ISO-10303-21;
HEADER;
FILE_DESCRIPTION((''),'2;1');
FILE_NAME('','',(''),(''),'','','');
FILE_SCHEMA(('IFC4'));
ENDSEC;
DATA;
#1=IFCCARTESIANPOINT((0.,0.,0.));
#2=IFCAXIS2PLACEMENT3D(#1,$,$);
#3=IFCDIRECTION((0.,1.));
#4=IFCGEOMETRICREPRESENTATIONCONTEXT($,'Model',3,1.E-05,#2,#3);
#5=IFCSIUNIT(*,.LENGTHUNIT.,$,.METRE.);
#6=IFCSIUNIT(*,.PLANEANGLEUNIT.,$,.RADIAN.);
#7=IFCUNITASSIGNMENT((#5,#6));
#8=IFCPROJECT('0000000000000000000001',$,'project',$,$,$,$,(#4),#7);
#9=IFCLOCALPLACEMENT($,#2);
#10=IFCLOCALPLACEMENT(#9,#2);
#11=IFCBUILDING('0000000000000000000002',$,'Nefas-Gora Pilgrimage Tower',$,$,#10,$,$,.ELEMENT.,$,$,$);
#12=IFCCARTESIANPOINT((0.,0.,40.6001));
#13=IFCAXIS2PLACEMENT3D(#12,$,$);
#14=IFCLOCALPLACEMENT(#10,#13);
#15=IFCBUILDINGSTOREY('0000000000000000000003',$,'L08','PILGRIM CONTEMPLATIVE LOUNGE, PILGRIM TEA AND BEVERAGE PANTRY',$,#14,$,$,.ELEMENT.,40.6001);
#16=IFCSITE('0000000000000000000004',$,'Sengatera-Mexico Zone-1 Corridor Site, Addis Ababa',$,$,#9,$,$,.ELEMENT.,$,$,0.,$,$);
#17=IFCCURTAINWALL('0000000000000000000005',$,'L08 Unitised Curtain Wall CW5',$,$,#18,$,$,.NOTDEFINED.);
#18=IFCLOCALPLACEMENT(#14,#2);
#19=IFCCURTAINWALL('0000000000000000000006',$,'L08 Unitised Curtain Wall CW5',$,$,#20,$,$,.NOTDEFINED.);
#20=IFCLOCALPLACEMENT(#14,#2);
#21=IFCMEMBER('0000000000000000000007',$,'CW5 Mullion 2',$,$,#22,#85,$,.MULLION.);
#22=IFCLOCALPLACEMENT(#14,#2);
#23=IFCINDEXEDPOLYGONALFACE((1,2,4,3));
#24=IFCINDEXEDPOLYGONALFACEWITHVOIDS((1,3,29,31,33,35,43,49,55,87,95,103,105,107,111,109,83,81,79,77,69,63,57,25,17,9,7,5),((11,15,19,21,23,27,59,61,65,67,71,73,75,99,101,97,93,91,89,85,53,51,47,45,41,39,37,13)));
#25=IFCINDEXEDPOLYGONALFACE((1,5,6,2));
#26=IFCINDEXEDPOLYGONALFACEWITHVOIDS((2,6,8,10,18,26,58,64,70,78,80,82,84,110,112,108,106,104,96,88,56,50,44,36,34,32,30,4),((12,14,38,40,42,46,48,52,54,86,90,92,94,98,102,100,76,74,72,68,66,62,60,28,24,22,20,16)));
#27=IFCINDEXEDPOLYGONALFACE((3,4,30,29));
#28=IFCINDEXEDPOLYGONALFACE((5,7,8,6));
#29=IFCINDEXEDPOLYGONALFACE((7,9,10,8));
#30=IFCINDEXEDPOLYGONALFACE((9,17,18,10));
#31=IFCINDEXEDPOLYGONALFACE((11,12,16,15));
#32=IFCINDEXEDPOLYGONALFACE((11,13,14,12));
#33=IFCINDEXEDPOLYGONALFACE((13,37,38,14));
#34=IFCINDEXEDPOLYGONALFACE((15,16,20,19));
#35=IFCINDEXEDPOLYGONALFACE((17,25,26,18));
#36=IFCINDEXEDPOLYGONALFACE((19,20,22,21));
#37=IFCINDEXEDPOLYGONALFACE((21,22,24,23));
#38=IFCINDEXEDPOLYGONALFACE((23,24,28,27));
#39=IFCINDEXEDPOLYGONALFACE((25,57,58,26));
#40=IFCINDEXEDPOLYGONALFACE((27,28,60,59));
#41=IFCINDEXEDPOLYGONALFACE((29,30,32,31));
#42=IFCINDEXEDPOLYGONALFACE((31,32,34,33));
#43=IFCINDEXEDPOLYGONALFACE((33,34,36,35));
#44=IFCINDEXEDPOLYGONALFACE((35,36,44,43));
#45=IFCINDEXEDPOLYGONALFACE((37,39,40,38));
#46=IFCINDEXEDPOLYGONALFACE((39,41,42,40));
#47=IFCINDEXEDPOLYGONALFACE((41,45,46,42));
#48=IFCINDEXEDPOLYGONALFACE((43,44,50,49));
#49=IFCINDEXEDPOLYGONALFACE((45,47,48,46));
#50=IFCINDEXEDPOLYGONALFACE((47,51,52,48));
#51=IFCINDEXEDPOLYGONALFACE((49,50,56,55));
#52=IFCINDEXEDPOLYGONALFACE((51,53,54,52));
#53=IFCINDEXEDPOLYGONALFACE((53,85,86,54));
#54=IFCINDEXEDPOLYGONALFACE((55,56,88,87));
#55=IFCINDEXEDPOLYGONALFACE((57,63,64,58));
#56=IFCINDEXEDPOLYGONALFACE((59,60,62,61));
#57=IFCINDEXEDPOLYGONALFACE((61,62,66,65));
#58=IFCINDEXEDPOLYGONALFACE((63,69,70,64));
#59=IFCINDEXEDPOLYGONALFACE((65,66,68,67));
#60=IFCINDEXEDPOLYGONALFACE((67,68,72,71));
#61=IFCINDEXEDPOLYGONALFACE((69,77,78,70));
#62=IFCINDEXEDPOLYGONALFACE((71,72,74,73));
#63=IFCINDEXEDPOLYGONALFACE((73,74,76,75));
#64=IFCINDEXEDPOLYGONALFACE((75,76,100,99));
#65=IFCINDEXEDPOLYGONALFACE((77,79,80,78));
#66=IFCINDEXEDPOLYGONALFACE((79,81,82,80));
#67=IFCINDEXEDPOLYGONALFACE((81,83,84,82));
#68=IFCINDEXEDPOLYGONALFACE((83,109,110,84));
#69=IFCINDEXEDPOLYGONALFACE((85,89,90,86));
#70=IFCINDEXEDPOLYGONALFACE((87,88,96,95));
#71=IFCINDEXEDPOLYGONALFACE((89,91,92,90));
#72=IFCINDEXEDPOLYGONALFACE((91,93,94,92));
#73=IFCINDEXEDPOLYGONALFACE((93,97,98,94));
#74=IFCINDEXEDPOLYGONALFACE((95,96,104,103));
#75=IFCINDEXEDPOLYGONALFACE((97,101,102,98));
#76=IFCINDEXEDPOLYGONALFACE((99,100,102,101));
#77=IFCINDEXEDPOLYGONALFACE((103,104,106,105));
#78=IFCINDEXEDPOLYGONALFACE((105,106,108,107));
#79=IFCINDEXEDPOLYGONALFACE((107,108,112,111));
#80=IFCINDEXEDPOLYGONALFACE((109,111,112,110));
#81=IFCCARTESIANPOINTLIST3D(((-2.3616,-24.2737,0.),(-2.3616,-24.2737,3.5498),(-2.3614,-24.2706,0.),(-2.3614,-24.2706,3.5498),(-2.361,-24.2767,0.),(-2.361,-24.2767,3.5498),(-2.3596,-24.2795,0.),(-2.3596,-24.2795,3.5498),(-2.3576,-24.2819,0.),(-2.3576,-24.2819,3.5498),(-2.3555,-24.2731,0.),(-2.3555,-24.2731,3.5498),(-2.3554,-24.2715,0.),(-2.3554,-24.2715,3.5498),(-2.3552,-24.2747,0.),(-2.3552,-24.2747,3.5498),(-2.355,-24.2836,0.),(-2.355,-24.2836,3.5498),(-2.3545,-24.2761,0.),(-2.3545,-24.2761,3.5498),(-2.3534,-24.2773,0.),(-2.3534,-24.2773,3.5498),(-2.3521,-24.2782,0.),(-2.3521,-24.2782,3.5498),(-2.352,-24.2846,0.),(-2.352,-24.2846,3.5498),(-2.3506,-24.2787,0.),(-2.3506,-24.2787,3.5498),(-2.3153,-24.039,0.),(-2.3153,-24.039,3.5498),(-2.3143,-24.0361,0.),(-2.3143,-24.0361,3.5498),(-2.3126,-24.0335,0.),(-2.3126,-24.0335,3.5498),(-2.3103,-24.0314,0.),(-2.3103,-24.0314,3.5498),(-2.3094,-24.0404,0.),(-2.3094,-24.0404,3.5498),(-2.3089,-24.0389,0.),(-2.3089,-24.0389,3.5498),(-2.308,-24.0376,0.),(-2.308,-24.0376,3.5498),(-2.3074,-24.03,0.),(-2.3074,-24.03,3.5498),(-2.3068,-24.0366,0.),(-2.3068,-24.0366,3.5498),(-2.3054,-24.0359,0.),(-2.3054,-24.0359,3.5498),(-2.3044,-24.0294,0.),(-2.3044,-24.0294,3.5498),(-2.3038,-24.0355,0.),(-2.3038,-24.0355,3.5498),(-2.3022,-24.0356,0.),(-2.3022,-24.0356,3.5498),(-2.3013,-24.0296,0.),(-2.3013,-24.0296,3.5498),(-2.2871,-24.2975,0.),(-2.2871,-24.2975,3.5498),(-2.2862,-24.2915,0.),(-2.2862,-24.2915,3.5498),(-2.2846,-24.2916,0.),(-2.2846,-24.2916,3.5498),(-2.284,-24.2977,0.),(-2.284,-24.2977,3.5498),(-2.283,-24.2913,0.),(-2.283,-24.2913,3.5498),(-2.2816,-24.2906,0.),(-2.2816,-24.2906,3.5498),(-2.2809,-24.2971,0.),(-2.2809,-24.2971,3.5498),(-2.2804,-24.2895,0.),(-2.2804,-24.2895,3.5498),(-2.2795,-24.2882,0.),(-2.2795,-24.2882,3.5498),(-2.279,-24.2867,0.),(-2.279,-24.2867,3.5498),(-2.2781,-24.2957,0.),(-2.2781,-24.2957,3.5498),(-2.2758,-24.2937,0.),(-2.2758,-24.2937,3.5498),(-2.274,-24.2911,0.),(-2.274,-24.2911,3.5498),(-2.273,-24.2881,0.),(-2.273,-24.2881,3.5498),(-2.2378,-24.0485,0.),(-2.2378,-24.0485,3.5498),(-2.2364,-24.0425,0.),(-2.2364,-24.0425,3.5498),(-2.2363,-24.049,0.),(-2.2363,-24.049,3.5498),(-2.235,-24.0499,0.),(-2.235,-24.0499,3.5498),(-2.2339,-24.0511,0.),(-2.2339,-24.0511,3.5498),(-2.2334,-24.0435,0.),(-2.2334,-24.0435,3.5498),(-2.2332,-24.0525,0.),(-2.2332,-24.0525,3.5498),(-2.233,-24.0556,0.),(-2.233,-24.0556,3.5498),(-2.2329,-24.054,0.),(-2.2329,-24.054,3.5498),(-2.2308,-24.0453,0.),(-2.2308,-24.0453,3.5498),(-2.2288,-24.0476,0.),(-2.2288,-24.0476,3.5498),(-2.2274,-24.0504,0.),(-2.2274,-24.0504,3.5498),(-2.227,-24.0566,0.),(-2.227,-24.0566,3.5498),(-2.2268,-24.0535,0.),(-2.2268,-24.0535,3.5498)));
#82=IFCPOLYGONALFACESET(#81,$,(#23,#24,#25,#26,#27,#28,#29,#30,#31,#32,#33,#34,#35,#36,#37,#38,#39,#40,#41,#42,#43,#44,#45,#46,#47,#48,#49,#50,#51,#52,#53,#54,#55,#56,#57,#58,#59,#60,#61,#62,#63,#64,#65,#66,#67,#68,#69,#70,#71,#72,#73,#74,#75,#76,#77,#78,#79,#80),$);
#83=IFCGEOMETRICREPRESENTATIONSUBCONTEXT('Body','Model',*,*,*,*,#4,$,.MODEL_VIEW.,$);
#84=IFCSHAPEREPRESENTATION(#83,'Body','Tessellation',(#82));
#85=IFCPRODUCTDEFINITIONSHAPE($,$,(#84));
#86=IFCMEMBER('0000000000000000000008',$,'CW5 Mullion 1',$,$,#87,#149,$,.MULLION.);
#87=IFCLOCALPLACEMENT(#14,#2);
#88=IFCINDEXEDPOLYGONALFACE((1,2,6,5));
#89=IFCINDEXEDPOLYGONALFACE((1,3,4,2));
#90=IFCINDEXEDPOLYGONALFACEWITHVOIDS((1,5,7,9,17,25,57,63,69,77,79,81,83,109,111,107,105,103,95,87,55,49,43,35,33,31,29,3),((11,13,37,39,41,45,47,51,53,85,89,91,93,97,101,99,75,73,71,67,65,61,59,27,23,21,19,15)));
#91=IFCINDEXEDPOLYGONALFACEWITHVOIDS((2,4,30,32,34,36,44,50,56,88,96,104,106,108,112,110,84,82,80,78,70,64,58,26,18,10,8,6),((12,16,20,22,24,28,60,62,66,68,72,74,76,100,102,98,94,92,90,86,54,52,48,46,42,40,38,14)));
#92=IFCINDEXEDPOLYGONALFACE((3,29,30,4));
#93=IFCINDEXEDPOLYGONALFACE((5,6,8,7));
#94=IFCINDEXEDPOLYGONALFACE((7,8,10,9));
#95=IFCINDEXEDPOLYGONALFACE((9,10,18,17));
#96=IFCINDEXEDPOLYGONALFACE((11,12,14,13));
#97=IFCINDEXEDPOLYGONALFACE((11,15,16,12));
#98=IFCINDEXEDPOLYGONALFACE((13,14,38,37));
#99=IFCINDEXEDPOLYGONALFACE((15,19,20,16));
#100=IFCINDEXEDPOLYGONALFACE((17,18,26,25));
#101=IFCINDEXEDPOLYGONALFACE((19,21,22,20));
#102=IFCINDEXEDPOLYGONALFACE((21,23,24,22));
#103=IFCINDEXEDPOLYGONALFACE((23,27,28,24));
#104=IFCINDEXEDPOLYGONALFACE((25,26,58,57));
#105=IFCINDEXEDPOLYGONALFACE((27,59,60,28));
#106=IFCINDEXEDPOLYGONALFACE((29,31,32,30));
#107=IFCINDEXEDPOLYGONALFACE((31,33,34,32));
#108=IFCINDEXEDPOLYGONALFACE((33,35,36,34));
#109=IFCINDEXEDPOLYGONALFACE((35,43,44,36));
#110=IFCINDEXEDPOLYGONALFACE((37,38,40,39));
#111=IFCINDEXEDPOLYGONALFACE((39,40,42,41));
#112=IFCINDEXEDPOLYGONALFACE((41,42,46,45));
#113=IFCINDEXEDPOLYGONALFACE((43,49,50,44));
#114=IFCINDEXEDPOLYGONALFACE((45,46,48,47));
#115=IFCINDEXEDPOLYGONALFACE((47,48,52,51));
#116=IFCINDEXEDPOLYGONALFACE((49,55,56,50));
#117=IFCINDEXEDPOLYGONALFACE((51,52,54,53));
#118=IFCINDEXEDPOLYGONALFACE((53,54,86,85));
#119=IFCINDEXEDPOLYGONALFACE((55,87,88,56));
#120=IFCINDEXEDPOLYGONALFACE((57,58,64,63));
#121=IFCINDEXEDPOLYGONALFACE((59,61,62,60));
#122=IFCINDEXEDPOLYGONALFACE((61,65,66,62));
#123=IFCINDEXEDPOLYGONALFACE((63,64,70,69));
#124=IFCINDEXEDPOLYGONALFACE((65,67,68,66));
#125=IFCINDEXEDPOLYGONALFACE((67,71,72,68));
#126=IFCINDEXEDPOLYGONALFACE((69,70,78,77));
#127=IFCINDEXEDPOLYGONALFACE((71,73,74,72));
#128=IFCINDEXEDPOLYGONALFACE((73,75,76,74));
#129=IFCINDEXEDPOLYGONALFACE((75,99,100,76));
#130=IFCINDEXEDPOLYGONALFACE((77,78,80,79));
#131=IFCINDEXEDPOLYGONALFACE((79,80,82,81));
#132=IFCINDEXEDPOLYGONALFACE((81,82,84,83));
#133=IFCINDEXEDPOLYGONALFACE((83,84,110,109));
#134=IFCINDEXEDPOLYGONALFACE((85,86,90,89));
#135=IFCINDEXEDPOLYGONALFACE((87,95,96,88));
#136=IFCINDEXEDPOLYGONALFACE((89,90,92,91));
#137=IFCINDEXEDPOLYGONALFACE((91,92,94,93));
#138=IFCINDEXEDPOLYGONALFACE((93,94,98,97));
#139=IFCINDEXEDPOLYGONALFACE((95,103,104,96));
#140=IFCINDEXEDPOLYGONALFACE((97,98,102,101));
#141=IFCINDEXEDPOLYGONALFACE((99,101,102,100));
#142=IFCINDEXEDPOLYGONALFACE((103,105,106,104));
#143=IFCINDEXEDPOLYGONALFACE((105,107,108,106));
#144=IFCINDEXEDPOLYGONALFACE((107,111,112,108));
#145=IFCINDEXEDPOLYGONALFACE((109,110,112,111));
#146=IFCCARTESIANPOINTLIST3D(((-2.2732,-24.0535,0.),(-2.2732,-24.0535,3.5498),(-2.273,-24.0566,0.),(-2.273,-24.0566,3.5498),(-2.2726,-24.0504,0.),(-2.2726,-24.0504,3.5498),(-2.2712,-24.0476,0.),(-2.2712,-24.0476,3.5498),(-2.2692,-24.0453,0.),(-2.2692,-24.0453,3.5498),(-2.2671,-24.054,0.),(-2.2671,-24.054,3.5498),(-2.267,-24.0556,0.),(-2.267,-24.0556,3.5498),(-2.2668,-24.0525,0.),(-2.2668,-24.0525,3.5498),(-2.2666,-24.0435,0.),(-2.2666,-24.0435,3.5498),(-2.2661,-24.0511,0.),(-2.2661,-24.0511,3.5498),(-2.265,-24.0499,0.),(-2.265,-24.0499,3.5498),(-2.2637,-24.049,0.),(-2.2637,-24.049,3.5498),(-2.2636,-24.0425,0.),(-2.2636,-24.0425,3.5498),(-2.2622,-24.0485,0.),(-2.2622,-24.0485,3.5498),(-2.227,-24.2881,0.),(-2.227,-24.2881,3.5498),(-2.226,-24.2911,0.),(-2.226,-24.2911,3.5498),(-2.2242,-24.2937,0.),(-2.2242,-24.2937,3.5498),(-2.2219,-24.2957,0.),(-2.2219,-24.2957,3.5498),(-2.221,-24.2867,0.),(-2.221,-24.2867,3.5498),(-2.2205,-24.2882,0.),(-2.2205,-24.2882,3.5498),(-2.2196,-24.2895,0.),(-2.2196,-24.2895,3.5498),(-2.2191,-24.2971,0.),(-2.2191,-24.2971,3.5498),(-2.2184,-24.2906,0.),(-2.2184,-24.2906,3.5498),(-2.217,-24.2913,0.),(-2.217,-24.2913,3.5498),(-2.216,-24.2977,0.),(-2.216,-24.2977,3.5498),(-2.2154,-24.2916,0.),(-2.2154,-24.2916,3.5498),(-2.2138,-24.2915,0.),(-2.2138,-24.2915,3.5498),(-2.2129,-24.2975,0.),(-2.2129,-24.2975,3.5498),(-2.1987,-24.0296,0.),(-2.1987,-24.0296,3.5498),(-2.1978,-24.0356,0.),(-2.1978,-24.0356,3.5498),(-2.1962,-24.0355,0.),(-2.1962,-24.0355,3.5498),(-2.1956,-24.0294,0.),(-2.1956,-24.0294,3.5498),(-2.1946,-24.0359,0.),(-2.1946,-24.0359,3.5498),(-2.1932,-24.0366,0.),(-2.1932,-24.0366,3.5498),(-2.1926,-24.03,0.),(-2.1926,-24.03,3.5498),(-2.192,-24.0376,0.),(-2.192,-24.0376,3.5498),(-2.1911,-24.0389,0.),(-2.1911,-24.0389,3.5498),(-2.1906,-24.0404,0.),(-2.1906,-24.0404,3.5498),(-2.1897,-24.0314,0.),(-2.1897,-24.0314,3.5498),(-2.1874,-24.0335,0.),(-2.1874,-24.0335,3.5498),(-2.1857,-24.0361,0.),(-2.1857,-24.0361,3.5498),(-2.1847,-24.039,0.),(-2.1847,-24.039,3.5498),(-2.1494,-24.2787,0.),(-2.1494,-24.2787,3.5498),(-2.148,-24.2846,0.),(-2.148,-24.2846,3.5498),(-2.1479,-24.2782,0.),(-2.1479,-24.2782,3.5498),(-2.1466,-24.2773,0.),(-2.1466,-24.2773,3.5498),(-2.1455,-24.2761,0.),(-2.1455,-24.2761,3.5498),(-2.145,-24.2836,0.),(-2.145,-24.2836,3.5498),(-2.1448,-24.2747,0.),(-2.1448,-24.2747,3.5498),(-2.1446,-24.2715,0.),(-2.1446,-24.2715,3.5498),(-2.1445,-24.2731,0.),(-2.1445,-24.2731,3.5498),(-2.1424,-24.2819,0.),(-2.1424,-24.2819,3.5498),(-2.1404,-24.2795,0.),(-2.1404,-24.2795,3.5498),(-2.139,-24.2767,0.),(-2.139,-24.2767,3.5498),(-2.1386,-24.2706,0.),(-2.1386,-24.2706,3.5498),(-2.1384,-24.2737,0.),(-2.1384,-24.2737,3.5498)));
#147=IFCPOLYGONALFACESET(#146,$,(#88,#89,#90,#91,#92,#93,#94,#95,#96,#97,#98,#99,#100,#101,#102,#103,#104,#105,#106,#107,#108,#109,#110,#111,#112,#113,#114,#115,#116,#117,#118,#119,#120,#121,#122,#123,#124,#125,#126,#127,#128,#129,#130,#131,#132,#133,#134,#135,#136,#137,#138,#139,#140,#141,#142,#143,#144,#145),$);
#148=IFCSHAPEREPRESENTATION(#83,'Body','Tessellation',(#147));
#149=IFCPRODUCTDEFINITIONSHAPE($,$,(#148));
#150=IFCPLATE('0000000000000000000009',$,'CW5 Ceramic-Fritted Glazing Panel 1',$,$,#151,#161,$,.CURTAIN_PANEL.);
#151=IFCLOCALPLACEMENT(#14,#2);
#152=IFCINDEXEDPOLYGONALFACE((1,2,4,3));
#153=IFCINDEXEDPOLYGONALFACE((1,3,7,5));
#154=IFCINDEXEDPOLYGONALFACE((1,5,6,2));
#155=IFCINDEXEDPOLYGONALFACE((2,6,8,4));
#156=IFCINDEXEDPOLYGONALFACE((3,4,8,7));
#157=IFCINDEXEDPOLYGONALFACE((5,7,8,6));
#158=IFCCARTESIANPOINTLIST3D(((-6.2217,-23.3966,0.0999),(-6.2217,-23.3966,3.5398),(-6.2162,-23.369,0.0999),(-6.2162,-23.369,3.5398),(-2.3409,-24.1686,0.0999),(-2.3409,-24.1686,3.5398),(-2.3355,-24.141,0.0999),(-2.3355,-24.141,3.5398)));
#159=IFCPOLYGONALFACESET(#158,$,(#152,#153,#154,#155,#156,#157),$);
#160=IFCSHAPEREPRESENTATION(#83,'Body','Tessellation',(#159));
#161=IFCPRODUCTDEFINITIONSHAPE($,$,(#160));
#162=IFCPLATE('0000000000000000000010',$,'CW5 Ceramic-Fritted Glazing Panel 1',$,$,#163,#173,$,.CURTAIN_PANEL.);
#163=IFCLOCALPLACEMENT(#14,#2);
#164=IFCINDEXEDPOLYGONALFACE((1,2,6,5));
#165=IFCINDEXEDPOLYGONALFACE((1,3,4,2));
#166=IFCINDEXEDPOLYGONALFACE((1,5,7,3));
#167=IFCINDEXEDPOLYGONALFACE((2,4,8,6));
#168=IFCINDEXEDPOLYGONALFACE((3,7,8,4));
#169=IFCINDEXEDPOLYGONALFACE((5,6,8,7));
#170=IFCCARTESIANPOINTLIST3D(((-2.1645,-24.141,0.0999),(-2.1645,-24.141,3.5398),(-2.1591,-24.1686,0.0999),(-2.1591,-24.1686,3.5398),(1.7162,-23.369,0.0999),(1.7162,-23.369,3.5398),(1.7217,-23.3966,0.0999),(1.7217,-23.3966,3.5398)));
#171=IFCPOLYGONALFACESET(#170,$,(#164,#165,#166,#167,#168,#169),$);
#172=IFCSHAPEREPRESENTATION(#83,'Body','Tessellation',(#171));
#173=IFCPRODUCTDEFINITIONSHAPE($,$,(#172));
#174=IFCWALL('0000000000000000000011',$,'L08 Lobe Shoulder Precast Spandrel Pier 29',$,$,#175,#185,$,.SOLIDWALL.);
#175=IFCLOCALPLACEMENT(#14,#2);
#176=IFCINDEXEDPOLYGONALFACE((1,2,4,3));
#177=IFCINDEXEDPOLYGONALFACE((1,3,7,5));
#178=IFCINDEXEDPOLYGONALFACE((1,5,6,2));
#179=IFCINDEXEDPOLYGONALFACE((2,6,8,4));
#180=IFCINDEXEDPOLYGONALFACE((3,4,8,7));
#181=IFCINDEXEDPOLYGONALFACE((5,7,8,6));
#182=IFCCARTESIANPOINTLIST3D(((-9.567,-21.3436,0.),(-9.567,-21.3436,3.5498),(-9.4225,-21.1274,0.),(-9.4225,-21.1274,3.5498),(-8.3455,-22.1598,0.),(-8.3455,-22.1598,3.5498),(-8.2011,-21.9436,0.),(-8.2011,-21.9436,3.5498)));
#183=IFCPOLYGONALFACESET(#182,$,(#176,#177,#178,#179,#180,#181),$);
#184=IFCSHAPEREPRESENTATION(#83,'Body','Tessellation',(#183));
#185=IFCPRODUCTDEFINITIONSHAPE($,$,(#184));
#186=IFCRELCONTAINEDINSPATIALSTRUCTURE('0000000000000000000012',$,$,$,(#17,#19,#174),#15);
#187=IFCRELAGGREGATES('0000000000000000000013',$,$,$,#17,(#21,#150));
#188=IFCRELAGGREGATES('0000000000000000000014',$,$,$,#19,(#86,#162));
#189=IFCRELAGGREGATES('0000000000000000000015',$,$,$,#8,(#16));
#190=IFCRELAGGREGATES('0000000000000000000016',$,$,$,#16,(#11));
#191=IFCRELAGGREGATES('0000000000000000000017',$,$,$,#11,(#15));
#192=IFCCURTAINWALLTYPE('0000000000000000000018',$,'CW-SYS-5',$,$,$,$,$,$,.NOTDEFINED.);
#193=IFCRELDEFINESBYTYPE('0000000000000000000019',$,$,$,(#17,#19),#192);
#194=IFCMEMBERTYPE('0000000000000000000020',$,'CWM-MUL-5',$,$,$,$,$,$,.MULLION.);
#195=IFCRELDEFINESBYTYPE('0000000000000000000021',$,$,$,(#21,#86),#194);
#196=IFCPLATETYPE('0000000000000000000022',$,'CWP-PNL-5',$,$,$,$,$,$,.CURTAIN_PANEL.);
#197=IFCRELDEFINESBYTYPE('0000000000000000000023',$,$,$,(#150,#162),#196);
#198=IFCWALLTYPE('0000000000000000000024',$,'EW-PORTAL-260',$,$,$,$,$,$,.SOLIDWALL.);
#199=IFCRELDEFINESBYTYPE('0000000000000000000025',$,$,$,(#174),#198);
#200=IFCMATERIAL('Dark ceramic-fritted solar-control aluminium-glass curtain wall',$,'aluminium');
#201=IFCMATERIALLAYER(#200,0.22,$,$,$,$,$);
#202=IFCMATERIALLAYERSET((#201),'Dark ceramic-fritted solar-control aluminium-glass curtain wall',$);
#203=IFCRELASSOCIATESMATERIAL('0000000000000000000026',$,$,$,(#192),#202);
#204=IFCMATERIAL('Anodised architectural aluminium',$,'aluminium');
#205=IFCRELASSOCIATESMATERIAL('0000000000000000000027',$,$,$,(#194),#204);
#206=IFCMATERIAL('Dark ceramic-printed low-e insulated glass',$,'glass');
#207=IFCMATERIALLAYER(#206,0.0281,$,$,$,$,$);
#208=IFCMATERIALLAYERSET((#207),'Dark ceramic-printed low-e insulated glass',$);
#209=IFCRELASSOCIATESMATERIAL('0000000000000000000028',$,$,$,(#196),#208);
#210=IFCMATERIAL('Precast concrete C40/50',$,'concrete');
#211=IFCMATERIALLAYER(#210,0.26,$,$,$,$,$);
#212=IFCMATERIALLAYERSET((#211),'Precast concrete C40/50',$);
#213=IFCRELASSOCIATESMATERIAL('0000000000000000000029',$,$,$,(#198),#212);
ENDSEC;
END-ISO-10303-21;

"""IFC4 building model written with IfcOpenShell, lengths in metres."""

from ifc_helpers import new_model, si_unit, direction, frame, frame_2d, origin, origin_2d, place, context, subcontext, project, spatial, rectangle, hollow_rectangle, extrude, source, transform, mapped, material, layer, layer_set, material_profile, profile_set, type_object, element, aggregate, save


model = new_model("IFC4")

# Units and contexts
model_context = context("Model", 3, precision=1e-05, world=origin(), true_north=direction((0.0, 1.0)))
body_context = subcontext(model_context, "Body", "Model", "MODEL_VIEW")
ifc_project = project(units=[si_unit("LENGTHUNIT", "METRE"), si_unit("PLANEANGLEUNIT", "RADIAN")], contexts=[model_context])

# Site, building, storey
site_placement = place(None, origin())
site = spatial("IfcSite", under=ifc_project, at=site_placement, Name="Sengatera-Mexico Zone-1 Corridor Site, Addis Ababa", CompositionType="ELEMENT", RefElevation=0.0)
building_placement = place(site_placement, origin())
building = spatial("IfcBuilding", under=site, at=building_placement, Name="Nefas-Gora Pilgrimage Tower", CompositionType="ELEMENT")
storey_placement = place(building_placement, frame((0.0, 0.0, 40.6001)))
storey = spatial("IfcBuildingStorey", under=building, at=storey_placement, Name="L08", Description="PILGRIM CONTEMPLATIVE LOUNGE, PILGRIM TEA AND BEVERAGE PANTRY", CompositionType="ELEMENT", Elevation=40.6001)

# Curtain walls
ifc_material_1 = material(Name="Dark ceramic-fritted solar-control aluminium-glass curtain wall", Category="aluminium")
ifc_layer_1 = layer(ifc_material_1, 0.22)
ifc_layer_set_1 = layer_set([ifc_layer_1], Name="Dark ceramic-fritted solar-control aluminium-glass curtain wall")
curtain_wall_type = type_object("IfcCurtainWallType", Name="CW-SYS-5", PredefinedType="NOTDEFINED", material=ifc_layer_set_1)
curtain_wall_1_placement = place(storey_placement, origin())
curtain_wall_1 = element("IfcCurtainWall", 1, at=curtain_wall_1_placement, inside=storey, type_object=curtain_wall_type, Name="L08 Unitised Curtain Wall CW5", PredefinedType="NOTDEFINED")
ifc_material_2 = material(Name="Anodised architectural aluminium", Category="aluminium")
curtain_wall_2_placement = place(storey_placement, origin())
curtain_wall_2 = element("IfcCurtainWall", 2, at=curtain_wall_2_placement, inside=storey, type_object=curtain_wall_type, Name="L08 Unitised Curtain Wall CW5", PredefinedType="NOTDEFINED")
ifc_material_profile_1 = material_profile(ifc_material_2, hollow_rectangle(XDim=0.0901, YDim=0.26, WallThickness=0.0061, InnerFilletRadius=0.0061, OuterFilletRadius=0.012, at=origin_2d()), Name="ALU MULLION 90x260")
ifc_profile_set_1 = profile_set([ifc_material_profile_1], Name="Anodised architectural aluminium")
member_type_1 = type_object("IfcMemberType", Name="CWM-MUL-5", PredefinedType="MULLION", material=ifc_profile_set_1)
shared_shape_1 = source(origin(), body_context, "Body", "SweptSolid", [
    extrude(hollow_rectangle(XDim=0.0901, YDim=0.26, WallThickness=0.0061, InnerFilletRadius=0.0061, OuterFilletRadius=0.012, at=origin_2d()), origin(), (0.0, 0.0, 1.0), 3.5498),
])

# Members
member_1_placement = place(storey_placement, frame((-2.2942, -24.1636, 0.0), z_axis=(0.0, 0.0, 1.0), x_axis=(0.980783, -0.195102, 0.0)))
member_1 = element("IfcMember", 3, at=member_1_placement, type_object=member_type_1, Name="CW5 Mullion 2", PredefinedType="MULLION", context=body_context, shape_type="MappedRepresentation", body=[
    mapped(shared_shape_1, transform((0.0, 0.0, 0.0), x_axis=(1.0, 0.0, 0.0), y_axis=(0.0, 1.0, 0.0), z_axis=(0.0, 0.0, 1.0), scale=1.0)),
])
member_2_placement = place(storey_placement, frame((-2.2058, -24.1636, 0.0), z_axis=(0.0, 0.0, 1.0), x_axis=(0.980783, 0.195102, 0.0)))
member_2 = element("IfcMember", 4, at=member_2_placement, type_object=member_type_1, Name="CW5 Mullion 1", PredefinedType="MULLION", context=body_context, shape_type="MappedRepresentation", body=[
    mapped(shared_shape_1, transform((0.0, 0.0, 0.0), x_axis=(1.0, 0.0, 0.0), y_axis=(0.0, 1.0, 0.0), z_axis=(0.0, 0.0, 1.0), scale=1.0)),
])

# Plates
ifc_material_3 = material(Name="Dark ceramic-printed low-e insulated glass", Category="glass")
ifc_layer_2 = layer(ifc_material_3, 0.0281)
ifc_layer_set_2 = layer_set([ifc_layer_2], Name="Dark ceramic-printed low-e insulated glass")
plate_type = type_object("IfcPlateType", Name="CWP-PNL-5", PredefinedType="CURTAIN_PANEL", material=ifc_layer_set_2)
shared_shape_2 = source(origin(), body_context, "Body", "SweptSolid", [
    extrude(rectangle(XDim=3.9568, YDim=0.0281, at=origin_2d()), origin(), (0.0, 0.0, 1.0), 3.4399),
])
plate_1_placement = place(storey_placement, frame((-4.2786, -23.7688, 0.0999), z_axis=(0.0, 0.0, 1.0), x_axis=(0.980783, -0.195102, 0.0)))
plate_1 = element("IfcPlate", 5, at=plate_1_placement, type_object=plate_type, Name="CW5 Ceramic-Fritted Glazing Panel 1", PredefinedType="CURTAIN_PANEL", context=body_context, shape_type="MappedRepresentation", body=[
    mapped(shared_shape_2, transform((0.0, 0.0, 0.0), x_axis=(1.0, 0.0, 0.0), y_axis=(0.0, 1.0, 0.0), z_axis=(0.0, 0.0, 1.0), scale=1.0)),
])
aggregate(curtain_wall_1, [member_1, plate_1])
plate_2_placement = place(storey_placement, frame((-0.2214, -23.7688, 0.0999), z_axis=(0.0, 0.0, 1.0), x_axis=(0.980783, 0.195102, 0.0)))
plate_2 = element("IfcPlate", 6, at=plate_2_placement, type_object=plate_type, Name="CW5 Ceramic-Fritted Glazing Panel 1", PredefinedType="CURTAIN_PANEL", context=body_context, shape_type="MappedRepresentation", body=[
    mapped(shared_shape_2, transform((0.0, 0.0, 0.0), x_axis=(1.0, 0.0, 0.0), y_axis=(0.0, 1.0, 0.0), z_axis=(0.0, 0.0, 1.0), scale=1.0)),
])
aggregate(curtain_wall_2, [member_2, plate_2])

# Wall
ifc_material_4 = material(Name="Precast concrete C40/50", Category="concrete")
ifc_layer_3 = layer(ifc_material_4, 0.26)
ifc_layer_set_3 = layer_set([ifc_layer_3], Name="Precast concrete C40/50")
wall_type_1 = type_object("IfcWallType", Name="EW-PORTAL-260", PredefinedType="SOLIDWALL", material=ifc_layer_set_3)
shared_shape_3 = source(origin(), body_context, "Body", "SweptSolid", [
    extrude(rectangle(XDim=1.469, YDim=0.26, at=frame_2d((0.7344, 0.0))), origin(), (0.0, 0.0, 1.0), 3.5498),
])
wall_1_placement = place(storey_placement, frame((-9.4946, -21.2356, 0.0), z_axis=(0.0, 0.0, 1.0), x_axis=(0.831462, -0.555582, 0.0)))
element("IfcWall", 7, at=wall_1_placement, inside=storey, type_object=wall_type_1, Name="L08 Lobe Shoulder Precast Spandrel Pier 29", PredefinedType="SOLIDWALL", context=body_context, shape_type="MappedRepresentation", body=[
    mapped(shared_shape_3, transform((0.0, 0.0, 0.0), x_axis=(1.0, 0.0, 0.0), y_axis=(0.0, 1.0, 0.0), z_axis=(0.0, 0.0, 1.0), scale=1.0)),
])

save(model, "model.ifc")
